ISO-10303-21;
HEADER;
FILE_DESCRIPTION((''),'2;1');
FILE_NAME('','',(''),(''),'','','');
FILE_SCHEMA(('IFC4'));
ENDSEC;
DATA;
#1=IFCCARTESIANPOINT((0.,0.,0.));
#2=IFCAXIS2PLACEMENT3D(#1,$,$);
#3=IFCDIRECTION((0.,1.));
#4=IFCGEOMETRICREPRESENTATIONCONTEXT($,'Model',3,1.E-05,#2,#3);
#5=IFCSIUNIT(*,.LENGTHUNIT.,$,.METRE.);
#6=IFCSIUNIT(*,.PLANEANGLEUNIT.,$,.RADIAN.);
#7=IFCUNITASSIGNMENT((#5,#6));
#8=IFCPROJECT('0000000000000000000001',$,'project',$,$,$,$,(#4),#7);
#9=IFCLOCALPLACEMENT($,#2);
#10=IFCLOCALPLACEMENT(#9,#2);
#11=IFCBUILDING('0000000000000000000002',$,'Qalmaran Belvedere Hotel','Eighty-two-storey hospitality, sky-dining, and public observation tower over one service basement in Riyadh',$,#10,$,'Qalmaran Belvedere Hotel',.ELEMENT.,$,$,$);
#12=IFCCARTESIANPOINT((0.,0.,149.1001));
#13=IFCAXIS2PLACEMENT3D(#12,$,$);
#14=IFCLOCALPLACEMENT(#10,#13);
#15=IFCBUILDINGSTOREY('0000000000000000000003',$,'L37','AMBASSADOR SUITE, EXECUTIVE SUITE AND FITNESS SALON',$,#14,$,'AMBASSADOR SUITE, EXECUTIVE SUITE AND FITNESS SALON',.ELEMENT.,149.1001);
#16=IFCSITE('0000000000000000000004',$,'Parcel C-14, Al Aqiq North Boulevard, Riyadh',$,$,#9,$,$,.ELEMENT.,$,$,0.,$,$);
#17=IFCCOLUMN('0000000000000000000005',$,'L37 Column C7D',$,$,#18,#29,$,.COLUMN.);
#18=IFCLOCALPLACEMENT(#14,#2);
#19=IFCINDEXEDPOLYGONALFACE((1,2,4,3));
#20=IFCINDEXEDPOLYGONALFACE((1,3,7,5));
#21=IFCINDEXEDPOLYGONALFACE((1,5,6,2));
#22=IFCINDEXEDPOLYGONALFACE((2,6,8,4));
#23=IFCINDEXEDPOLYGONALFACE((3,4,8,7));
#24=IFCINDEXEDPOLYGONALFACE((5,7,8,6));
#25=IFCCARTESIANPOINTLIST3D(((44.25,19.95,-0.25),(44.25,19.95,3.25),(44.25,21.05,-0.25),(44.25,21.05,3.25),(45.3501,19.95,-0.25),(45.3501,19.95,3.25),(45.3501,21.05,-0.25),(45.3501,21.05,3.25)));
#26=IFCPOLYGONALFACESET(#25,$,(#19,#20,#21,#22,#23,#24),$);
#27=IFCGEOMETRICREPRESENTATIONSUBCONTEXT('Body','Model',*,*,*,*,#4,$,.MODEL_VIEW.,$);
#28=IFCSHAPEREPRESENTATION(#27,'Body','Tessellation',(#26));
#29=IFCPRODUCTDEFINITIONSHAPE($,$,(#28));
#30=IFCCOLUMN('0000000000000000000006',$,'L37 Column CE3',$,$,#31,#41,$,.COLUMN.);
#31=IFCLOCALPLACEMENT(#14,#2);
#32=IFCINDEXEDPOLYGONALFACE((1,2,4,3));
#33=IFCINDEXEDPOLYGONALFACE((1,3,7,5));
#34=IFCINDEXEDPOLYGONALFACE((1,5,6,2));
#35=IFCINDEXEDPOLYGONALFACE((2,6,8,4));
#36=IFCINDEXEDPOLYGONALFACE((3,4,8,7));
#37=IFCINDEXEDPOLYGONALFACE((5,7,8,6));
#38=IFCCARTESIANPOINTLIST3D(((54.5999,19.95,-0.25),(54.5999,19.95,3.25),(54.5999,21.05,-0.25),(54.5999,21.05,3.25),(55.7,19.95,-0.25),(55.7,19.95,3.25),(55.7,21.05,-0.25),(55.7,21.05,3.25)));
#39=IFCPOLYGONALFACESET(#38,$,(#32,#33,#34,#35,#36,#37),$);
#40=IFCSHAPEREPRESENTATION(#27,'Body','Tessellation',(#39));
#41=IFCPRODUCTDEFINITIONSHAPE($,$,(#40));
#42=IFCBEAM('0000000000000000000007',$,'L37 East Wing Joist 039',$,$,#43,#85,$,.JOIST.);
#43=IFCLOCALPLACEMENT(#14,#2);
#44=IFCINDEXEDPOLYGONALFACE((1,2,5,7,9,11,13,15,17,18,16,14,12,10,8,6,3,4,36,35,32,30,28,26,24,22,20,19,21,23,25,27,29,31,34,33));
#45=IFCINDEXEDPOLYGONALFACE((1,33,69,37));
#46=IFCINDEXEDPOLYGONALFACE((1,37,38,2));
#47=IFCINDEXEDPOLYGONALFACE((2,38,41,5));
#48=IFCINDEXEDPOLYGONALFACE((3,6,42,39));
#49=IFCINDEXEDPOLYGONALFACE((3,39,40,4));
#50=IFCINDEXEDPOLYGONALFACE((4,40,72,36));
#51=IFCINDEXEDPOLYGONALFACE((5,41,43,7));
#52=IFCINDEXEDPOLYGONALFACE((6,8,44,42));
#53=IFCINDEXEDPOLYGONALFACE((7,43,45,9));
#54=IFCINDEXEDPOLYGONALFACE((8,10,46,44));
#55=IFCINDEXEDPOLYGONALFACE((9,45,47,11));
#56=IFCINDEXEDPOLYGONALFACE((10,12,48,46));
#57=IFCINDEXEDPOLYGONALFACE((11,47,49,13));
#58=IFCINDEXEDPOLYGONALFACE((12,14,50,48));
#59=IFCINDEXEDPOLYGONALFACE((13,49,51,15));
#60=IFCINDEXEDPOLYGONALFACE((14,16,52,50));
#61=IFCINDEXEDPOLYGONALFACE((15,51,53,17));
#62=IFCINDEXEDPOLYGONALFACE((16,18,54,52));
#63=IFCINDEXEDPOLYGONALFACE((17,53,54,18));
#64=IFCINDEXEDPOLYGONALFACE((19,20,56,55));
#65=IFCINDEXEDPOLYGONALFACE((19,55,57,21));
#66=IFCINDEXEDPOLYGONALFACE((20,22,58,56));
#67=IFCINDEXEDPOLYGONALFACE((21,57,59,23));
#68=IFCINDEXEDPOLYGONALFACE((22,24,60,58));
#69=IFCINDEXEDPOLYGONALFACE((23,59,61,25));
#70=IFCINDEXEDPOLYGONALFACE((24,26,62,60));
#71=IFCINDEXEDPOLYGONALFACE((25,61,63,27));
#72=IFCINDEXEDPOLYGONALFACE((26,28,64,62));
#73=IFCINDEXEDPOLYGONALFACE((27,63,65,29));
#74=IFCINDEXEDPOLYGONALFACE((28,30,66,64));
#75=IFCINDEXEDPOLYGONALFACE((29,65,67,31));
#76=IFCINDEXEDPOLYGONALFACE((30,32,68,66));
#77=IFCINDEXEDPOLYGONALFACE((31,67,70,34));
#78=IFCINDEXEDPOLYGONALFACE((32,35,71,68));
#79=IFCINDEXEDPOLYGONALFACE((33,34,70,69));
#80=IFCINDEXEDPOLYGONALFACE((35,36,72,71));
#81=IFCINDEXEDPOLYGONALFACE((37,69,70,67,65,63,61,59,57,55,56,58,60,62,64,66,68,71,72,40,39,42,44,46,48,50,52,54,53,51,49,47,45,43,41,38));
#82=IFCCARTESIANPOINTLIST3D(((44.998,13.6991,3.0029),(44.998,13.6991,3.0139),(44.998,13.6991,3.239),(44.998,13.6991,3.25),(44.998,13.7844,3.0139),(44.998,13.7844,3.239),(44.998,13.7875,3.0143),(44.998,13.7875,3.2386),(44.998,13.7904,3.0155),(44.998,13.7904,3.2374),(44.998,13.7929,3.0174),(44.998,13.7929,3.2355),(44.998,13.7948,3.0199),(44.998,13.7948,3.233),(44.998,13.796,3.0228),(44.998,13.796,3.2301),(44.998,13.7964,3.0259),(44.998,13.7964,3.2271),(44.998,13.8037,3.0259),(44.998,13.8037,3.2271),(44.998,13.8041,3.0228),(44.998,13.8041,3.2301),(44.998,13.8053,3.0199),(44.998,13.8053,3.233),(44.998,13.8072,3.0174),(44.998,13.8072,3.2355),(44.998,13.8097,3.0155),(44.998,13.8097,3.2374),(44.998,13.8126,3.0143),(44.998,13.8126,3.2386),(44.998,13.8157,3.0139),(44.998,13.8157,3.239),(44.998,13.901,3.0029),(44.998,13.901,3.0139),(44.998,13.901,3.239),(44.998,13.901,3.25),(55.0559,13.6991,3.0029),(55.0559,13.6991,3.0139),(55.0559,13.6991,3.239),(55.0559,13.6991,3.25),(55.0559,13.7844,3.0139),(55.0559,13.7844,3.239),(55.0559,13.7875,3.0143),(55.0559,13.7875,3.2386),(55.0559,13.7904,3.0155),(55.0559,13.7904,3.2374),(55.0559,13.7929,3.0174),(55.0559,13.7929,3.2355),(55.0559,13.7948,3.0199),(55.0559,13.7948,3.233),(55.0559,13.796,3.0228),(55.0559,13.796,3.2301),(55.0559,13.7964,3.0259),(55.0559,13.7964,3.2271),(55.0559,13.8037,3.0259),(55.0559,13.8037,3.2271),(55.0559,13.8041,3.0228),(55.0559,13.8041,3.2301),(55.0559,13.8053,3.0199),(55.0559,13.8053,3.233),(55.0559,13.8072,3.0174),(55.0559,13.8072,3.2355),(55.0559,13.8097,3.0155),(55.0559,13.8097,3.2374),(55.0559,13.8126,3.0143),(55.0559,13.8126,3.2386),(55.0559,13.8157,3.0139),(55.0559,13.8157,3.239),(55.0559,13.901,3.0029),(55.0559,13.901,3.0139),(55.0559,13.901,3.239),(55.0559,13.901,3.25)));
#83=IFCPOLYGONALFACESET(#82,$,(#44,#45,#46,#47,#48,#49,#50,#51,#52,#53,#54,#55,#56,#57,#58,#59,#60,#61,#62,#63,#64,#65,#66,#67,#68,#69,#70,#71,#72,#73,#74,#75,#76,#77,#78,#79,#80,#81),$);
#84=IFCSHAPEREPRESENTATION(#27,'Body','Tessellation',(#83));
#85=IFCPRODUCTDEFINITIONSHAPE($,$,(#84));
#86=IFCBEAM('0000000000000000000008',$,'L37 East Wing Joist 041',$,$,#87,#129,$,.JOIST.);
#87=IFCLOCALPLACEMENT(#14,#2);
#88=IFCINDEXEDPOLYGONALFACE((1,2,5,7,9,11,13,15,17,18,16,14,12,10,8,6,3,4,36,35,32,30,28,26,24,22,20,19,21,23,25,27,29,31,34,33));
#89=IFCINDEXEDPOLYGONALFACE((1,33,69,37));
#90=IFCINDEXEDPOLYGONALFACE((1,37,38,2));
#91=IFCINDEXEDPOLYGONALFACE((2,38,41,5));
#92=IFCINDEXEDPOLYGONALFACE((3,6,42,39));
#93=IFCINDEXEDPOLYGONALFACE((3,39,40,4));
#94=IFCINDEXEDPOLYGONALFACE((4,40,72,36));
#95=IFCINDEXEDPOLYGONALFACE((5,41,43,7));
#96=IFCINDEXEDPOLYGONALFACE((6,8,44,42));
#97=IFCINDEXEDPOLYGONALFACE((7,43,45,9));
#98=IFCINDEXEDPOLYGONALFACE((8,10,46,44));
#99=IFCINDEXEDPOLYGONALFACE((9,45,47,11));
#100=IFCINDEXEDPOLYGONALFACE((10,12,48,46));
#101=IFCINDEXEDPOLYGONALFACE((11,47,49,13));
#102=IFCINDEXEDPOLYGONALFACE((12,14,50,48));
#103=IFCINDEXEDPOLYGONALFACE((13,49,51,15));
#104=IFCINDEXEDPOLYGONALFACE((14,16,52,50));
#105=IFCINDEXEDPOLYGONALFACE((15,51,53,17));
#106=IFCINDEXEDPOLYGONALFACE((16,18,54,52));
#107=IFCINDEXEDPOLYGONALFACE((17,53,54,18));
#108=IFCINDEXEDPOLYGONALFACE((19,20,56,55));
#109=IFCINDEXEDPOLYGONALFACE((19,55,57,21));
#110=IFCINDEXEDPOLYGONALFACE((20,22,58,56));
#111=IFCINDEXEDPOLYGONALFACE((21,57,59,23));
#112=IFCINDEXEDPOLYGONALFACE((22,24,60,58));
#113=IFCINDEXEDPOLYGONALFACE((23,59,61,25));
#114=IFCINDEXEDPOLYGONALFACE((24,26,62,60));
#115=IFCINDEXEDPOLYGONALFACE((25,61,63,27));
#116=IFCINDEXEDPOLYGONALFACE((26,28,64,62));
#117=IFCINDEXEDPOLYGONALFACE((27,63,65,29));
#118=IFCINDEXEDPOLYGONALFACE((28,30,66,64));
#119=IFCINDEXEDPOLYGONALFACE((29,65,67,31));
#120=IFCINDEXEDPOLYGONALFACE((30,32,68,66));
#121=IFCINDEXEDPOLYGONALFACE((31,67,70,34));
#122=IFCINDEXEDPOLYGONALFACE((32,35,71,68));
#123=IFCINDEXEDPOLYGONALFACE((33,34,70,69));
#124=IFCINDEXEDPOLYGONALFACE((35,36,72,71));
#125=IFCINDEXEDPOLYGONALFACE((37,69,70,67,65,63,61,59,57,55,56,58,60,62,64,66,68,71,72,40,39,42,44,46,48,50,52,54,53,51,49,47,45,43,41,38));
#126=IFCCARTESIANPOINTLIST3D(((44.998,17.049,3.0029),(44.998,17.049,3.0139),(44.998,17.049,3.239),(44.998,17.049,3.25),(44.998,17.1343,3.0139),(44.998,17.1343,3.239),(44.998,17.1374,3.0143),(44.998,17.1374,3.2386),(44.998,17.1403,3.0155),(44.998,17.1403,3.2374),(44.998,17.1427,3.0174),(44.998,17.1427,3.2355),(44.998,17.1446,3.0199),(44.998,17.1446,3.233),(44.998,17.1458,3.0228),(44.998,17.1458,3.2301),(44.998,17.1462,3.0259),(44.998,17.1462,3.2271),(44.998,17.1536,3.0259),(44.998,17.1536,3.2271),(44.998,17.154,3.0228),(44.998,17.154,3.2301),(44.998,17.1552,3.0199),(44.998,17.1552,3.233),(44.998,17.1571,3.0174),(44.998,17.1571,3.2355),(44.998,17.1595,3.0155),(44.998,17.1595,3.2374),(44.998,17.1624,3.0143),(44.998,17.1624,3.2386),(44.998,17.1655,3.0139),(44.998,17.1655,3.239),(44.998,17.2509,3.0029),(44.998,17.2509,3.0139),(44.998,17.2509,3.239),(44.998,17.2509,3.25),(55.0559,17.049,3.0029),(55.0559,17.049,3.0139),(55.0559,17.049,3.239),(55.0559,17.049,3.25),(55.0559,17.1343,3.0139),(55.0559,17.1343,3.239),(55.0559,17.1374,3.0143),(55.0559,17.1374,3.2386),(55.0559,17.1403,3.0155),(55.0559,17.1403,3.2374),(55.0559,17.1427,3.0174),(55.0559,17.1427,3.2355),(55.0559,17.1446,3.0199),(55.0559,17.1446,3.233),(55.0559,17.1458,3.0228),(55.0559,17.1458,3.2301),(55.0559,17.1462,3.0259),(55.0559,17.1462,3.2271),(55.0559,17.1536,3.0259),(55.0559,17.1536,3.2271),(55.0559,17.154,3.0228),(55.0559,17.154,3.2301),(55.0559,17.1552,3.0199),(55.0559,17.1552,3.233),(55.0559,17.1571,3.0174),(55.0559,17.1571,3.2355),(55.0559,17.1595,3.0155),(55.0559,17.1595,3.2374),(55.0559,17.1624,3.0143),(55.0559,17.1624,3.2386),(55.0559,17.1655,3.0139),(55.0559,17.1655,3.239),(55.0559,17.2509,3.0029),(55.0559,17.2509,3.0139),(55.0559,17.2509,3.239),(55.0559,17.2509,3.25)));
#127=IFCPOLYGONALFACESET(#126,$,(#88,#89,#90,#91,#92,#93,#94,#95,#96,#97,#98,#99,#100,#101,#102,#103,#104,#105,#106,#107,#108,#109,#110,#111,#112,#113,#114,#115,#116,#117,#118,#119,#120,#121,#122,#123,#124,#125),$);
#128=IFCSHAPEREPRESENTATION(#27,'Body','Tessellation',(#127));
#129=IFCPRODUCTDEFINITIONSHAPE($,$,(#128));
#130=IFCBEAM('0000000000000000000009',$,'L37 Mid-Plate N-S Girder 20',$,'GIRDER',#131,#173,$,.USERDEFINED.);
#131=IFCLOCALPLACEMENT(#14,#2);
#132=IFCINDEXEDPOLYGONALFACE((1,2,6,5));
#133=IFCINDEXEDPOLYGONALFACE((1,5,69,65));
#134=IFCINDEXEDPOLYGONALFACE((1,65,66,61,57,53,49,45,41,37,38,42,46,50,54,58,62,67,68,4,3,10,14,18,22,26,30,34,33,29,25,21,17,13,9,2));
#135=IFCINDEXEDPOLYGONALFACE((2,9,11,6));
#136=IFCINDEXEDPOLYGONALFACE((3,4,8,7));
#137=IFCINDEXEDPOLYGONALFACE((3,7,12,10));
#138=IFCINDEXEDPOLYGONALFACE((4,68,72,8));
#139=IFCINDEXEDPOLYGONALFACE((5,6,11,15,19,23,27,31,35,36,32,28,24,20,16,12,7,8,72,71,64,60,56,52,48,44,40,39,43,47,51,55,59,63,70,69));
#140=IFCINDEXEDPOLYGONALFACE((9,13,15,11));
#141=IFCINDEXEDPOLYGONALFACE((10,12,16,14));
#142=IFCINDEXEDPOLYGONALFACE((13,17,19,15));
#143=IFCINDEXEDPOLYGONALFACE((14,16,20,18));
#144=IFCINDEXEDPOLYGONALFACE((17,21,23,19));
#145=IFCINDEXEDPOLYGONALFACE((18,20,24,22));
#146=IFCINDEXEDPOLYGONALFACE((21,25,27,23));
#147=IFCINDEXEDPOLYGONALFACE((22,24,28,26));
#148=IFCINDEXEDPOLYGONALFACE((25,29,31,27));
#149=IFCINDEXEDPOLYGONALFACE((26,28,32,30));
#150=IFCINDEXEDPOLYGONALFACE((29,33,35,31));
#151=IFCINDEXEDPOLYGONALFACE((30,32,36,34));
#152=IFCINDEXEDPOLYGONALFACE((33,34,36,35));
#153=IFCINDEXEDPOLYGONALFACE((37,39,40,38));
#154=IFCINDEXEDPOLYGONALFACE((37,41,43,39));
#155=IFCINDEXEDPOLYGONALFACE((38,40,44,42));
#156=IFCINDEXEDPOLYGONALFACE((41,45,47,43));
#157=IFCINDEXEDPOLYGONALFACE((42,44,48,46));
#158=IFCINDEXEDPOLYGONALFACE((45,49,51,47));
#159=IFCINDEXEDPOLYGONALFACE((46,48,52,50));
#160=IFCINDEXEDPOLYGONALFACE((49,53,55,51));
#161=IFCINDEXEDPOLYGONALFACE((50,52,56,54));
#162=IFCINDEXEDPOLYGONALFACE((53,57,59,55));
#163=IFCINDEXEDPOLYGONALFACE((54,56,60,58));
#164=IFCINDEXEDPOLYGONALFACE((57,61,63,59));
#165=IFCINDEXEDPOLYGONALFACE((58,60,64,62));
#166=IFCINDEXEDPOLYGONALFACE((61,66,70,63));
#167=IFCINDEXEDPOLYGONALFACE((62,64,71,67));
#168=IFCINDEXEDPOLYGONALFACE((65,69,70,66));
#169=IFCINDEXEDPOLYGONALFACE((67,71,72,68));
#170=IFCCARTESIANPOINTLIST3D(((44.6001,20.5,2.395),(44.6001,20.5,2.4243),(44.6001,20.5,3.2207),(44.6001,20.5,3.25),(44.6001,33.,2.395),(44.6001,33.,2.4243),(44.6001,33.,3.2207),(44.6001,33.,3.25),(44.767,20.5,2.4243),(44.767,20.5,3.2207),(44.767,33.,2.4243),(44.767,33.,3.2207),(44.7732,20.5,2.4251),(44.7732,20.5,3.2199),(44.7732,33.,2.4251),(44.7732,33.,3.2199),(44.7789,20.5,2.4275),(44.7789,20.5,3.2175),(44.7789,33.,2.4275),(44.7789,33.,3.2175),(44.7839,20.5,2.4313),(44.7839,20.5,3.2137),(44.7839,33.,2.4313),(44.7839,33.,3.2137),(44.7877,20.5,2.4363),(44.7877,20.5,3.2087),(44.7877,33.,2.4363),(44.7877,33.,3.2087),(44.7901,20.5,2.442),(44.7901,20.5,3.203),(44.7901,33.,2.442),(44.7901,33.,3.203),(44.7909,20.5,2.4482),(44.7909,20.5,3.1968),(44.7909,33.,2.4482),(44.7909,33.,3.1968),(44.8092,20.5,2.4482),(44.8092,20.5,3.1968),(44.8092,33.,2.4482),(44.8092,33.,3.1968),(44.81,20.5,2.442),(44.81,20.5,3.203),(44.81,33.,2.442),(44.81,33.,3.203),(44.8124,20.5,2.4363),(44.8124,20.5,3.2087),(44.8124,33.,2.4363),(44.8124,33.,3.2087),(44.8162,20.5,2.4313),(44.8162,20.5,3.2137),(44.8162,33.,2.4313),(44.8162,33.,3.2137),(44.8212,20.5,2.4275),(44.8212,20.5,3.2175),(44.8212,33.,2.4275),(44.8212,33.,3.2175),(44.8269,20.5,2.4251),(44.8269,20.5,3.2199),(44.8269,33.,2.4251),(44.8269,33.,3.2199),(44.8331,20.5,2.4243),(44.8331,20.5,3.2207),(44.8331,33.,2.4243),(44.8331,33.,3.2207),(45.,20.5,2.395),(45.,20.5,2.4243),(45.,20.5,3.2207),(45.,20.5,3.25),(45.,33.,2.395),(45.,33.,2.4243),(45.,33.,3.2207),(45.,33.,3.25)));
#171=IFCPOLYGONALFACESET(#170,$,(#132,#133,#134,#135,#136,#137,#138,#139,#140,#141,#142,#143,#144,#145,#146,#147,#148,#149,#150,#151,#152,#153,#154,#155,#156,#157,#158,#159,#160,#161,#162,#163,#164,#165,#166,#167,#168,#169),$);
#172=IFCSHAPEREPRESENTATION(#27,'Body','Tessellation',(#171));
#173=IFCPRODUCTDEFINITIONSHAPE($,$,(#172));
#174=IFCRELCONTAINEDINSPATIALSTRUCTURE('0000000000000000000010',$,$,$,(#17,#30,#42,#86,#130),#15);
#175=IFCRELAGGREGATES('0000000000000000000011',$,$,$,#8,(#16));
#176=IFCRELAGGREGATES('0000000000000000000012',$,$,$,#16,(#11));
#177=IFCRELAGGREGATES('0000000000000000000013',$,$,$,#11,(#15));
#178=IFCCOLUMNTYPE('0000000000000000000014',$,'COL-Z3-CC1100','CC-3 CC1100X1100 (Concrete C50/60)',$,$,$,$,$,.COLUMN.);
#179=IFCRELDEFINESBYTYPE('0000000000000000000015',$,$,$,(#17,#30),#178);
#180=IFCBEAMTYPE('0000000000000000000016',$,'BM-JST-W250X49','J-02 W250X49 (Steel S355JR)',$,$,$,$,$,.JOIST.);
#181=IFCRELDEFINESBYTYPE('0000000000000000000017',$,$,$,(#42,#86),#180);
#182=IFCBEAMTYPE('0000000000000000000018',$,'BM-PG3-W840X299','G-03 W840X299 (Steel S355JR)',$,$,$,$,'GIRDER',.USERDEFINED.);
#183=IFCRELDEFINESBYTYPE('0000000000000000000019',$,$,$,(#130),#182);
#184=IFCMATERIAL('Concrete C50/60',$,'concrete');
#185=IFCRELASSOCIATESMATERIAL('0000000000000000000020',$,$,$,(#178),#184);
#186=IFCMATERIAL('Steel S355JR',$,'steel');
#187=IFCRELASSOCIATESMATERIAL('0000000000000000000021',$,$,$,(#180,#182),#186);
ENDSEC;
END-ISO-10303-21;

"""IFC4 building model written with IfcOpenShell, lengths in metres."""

from ifc_helpers import new_model, si_unit, direction, frame, origin, origin_2d, place, context, subcontext, project, spatial, rectangle, i_section, extrude, material, material_profile, profile_set, type_object, element, save


model = new_model("IFC4")

# Units and contexts
model_context = context("Model", 3, precision=1e-05, world=origin(), true_north=direction((0.0, 1.0)))
body_context = subcontext(model_context, "Body", "Model", "MODEL_VIEW")
ifc_project = project(units=[si_unit("LENGTHUNIT", "METRE"), si_unit("PLANEANGLEUNIT", "RADIAN")], contexts=[model_context])

# Site, building, storey
site_placement = place(None, origin())
site = spatial("IfcSite", under=ifc_project, at=site_placement, Name="Parcel C-14, Al Aqiq North Boulevard, Riyadh", CompositionType="ELEMENT", RefElevation=0.0)
building_placement = place(site_placement, origin())
building = spatial("IfcBuilding", under=site, at=building_placement, Name="Qalmaran Belvedere Hotel", Description="Eighty-two-storey hospitality, sky-dining, and public observation tower over one service basement in Riyadh", LongName="Qalmaran Belvedere Hotel", CompositionType="ELEMENT")
storey_placement = place(building_placement, frame((0.0, 0.0, 149.1001)))
storey = spatial("IfcBuildingStorey", under=building, at=storey_placement, Name="L37", Description="AMBASSADOR SUITE, EXECUTIVE SUITE AND FITNESS SALON", LongName="AMBASSADOR SUITE, EXECUTIVE SUITE AND FITNESS SALON", CompositionType="ELEMENT", Elevation=149.1001)

# Columns
ifc_material_1 = material(Name="Concrete C50/60", Category="concrete")
ifc_material_profile_1 = material_profile(ifc_material_1, rectangle(XDim=1.1001, YDim=1.1001, at=origin_2d()), Name="CC1100X1100")
ifc_profile_set_1 = profile_set([ifc_material_profile_1], Name="Concrete C50/60")
column_type = type_object("IfcColumnType", Name="COL-Z3-CC1100", Description="CC-3 CC1100X1100 (Concrete C50/60)", PredefinedType="COLUMN", material=ifc_profile_set_1)
for number, where, z_axis, x_axis, name in (
    (1, (44.8, 20.5, -0.25), (0.0, 0.0, 1.0), (1.0, 0.0, 0.0), "L37 Column C7D"),
    (2, (55.1499, 20.5, -0.25), (0.0, 0.0, 1.0), (1.0, 0.0, 0.0), "L37 Column CE3"),
):
    element("IfcColumn", number, at=place(storey_placement, frame(where, z_axis=z_axis, x_axis=x_axis)), inside=storey, type_object=column_type, Name=name, PredefinedType="COLUMN", context=body_context, shape_type="SweptSolid", body=[
        extrude(rectangle(XDim=1.1001, YDim=1.1001, at=origin_2d()), origin(), (0.0, 0.0, 1.0), 3.5),
    ])

# Beams
ifc_material_2 = material(Name="Steel S355JR", Category="steel")
ifc_material_profile_2 = material_profile(ifc_material_2, i_section(OverallWidth=0.2019, OverallDepth=0.2471, WebThickness=0.0073, FlangeThickness=0.011, FilletRadius=0.012, at=origin_2d()), Name="W250X49")
ifc_profile_set_2 = profile_set([ifc_material_profile_2], Name="Steel S355JR")
beam_type_1 = type_object("IfcBeamType", Name="BM-JST-W250X49", Description="J-02 W250X49 (Steel S355JR)", PredefinedType="JOIST", material=ifc_profile_set_2)
for number, where, z_axis, x_axis, name in (
    (3, (44.998, 13.8, 3.1265), (1.0, 0.0, 0.0), (0.0, 1.0, 0.0), "L37 East Wing Joist 039"),
    (4, (44.998, 17.1499, 3.1265), (1.0, 0.0, 0.0), (0.0, 1.0, 0.0), "L37 East Wing Joist 041"),
):
    element("IfcBeam", number, at=place(storey_placement, frame(where, z_axis=z_axis, x_axis=x_axis)), inside=storey, type_object=beam_type_1, Name=name, PredefinedType="JOIST", context=body_context, shape_type="SweptSolid", body=[
        extrude(i_section(OverallWidth=0.2019, OverallDepth=0.2471, WebThickness=0.0073, FlangeThickness=0.011, FilletRadius=0.012, at=origin_2d()), origin(), (0.0, 0.0, 1.0), 10.0579),
    ])
ifc_material_profile_3 = material_profile(ifc_material_2, i_section(OverallWidth=0.3999, OverallDepth=0.855, WebThickness=0.0183, FlangeThickness=0.0293, FilletRadius=0.0239, at=origin_2d()), Name="W840X299")
ifc_profile_set_3 = profile_set([ifc_material_profile_3], Name="Steel S355JR")
beam_type_2 = type_object("IfcBeamType", Name="BM-PG3-W840X299", Description="G-03 W840X299 (Steel S355JR)", ElementType="GIRDER", PredefinedType="USERDEFINED", material=ifc_profile_set_3)
beam_1_placement = place(storey_placement, frame((44.8, 20.5, 2.8225), z_axis=(0.0, 1.0, 0.0), x_axis=(-1.0, 0.0, 0.0)))
element("IfcBeam", 5, at=beam_1_placement, inside=storey, type_object=beam_type_2, Name="L37 Mid-Plate N-S Girder 20", ObjectType="GIRDER", PredefinedType="USERDEFINED", context=body_context, shape_type="SweptSolid", body=[
    extrude(i_section(OverallWidth=0.3999, OverallDepth=0.855, WebThickness=0.0183, FlangeThickness=0.0293, FilletRadius=0.0239, at=origin_2d()), origin(), (0.0, 0.0, 1.0), 12.5),
])

save(model, "model.ifc")
